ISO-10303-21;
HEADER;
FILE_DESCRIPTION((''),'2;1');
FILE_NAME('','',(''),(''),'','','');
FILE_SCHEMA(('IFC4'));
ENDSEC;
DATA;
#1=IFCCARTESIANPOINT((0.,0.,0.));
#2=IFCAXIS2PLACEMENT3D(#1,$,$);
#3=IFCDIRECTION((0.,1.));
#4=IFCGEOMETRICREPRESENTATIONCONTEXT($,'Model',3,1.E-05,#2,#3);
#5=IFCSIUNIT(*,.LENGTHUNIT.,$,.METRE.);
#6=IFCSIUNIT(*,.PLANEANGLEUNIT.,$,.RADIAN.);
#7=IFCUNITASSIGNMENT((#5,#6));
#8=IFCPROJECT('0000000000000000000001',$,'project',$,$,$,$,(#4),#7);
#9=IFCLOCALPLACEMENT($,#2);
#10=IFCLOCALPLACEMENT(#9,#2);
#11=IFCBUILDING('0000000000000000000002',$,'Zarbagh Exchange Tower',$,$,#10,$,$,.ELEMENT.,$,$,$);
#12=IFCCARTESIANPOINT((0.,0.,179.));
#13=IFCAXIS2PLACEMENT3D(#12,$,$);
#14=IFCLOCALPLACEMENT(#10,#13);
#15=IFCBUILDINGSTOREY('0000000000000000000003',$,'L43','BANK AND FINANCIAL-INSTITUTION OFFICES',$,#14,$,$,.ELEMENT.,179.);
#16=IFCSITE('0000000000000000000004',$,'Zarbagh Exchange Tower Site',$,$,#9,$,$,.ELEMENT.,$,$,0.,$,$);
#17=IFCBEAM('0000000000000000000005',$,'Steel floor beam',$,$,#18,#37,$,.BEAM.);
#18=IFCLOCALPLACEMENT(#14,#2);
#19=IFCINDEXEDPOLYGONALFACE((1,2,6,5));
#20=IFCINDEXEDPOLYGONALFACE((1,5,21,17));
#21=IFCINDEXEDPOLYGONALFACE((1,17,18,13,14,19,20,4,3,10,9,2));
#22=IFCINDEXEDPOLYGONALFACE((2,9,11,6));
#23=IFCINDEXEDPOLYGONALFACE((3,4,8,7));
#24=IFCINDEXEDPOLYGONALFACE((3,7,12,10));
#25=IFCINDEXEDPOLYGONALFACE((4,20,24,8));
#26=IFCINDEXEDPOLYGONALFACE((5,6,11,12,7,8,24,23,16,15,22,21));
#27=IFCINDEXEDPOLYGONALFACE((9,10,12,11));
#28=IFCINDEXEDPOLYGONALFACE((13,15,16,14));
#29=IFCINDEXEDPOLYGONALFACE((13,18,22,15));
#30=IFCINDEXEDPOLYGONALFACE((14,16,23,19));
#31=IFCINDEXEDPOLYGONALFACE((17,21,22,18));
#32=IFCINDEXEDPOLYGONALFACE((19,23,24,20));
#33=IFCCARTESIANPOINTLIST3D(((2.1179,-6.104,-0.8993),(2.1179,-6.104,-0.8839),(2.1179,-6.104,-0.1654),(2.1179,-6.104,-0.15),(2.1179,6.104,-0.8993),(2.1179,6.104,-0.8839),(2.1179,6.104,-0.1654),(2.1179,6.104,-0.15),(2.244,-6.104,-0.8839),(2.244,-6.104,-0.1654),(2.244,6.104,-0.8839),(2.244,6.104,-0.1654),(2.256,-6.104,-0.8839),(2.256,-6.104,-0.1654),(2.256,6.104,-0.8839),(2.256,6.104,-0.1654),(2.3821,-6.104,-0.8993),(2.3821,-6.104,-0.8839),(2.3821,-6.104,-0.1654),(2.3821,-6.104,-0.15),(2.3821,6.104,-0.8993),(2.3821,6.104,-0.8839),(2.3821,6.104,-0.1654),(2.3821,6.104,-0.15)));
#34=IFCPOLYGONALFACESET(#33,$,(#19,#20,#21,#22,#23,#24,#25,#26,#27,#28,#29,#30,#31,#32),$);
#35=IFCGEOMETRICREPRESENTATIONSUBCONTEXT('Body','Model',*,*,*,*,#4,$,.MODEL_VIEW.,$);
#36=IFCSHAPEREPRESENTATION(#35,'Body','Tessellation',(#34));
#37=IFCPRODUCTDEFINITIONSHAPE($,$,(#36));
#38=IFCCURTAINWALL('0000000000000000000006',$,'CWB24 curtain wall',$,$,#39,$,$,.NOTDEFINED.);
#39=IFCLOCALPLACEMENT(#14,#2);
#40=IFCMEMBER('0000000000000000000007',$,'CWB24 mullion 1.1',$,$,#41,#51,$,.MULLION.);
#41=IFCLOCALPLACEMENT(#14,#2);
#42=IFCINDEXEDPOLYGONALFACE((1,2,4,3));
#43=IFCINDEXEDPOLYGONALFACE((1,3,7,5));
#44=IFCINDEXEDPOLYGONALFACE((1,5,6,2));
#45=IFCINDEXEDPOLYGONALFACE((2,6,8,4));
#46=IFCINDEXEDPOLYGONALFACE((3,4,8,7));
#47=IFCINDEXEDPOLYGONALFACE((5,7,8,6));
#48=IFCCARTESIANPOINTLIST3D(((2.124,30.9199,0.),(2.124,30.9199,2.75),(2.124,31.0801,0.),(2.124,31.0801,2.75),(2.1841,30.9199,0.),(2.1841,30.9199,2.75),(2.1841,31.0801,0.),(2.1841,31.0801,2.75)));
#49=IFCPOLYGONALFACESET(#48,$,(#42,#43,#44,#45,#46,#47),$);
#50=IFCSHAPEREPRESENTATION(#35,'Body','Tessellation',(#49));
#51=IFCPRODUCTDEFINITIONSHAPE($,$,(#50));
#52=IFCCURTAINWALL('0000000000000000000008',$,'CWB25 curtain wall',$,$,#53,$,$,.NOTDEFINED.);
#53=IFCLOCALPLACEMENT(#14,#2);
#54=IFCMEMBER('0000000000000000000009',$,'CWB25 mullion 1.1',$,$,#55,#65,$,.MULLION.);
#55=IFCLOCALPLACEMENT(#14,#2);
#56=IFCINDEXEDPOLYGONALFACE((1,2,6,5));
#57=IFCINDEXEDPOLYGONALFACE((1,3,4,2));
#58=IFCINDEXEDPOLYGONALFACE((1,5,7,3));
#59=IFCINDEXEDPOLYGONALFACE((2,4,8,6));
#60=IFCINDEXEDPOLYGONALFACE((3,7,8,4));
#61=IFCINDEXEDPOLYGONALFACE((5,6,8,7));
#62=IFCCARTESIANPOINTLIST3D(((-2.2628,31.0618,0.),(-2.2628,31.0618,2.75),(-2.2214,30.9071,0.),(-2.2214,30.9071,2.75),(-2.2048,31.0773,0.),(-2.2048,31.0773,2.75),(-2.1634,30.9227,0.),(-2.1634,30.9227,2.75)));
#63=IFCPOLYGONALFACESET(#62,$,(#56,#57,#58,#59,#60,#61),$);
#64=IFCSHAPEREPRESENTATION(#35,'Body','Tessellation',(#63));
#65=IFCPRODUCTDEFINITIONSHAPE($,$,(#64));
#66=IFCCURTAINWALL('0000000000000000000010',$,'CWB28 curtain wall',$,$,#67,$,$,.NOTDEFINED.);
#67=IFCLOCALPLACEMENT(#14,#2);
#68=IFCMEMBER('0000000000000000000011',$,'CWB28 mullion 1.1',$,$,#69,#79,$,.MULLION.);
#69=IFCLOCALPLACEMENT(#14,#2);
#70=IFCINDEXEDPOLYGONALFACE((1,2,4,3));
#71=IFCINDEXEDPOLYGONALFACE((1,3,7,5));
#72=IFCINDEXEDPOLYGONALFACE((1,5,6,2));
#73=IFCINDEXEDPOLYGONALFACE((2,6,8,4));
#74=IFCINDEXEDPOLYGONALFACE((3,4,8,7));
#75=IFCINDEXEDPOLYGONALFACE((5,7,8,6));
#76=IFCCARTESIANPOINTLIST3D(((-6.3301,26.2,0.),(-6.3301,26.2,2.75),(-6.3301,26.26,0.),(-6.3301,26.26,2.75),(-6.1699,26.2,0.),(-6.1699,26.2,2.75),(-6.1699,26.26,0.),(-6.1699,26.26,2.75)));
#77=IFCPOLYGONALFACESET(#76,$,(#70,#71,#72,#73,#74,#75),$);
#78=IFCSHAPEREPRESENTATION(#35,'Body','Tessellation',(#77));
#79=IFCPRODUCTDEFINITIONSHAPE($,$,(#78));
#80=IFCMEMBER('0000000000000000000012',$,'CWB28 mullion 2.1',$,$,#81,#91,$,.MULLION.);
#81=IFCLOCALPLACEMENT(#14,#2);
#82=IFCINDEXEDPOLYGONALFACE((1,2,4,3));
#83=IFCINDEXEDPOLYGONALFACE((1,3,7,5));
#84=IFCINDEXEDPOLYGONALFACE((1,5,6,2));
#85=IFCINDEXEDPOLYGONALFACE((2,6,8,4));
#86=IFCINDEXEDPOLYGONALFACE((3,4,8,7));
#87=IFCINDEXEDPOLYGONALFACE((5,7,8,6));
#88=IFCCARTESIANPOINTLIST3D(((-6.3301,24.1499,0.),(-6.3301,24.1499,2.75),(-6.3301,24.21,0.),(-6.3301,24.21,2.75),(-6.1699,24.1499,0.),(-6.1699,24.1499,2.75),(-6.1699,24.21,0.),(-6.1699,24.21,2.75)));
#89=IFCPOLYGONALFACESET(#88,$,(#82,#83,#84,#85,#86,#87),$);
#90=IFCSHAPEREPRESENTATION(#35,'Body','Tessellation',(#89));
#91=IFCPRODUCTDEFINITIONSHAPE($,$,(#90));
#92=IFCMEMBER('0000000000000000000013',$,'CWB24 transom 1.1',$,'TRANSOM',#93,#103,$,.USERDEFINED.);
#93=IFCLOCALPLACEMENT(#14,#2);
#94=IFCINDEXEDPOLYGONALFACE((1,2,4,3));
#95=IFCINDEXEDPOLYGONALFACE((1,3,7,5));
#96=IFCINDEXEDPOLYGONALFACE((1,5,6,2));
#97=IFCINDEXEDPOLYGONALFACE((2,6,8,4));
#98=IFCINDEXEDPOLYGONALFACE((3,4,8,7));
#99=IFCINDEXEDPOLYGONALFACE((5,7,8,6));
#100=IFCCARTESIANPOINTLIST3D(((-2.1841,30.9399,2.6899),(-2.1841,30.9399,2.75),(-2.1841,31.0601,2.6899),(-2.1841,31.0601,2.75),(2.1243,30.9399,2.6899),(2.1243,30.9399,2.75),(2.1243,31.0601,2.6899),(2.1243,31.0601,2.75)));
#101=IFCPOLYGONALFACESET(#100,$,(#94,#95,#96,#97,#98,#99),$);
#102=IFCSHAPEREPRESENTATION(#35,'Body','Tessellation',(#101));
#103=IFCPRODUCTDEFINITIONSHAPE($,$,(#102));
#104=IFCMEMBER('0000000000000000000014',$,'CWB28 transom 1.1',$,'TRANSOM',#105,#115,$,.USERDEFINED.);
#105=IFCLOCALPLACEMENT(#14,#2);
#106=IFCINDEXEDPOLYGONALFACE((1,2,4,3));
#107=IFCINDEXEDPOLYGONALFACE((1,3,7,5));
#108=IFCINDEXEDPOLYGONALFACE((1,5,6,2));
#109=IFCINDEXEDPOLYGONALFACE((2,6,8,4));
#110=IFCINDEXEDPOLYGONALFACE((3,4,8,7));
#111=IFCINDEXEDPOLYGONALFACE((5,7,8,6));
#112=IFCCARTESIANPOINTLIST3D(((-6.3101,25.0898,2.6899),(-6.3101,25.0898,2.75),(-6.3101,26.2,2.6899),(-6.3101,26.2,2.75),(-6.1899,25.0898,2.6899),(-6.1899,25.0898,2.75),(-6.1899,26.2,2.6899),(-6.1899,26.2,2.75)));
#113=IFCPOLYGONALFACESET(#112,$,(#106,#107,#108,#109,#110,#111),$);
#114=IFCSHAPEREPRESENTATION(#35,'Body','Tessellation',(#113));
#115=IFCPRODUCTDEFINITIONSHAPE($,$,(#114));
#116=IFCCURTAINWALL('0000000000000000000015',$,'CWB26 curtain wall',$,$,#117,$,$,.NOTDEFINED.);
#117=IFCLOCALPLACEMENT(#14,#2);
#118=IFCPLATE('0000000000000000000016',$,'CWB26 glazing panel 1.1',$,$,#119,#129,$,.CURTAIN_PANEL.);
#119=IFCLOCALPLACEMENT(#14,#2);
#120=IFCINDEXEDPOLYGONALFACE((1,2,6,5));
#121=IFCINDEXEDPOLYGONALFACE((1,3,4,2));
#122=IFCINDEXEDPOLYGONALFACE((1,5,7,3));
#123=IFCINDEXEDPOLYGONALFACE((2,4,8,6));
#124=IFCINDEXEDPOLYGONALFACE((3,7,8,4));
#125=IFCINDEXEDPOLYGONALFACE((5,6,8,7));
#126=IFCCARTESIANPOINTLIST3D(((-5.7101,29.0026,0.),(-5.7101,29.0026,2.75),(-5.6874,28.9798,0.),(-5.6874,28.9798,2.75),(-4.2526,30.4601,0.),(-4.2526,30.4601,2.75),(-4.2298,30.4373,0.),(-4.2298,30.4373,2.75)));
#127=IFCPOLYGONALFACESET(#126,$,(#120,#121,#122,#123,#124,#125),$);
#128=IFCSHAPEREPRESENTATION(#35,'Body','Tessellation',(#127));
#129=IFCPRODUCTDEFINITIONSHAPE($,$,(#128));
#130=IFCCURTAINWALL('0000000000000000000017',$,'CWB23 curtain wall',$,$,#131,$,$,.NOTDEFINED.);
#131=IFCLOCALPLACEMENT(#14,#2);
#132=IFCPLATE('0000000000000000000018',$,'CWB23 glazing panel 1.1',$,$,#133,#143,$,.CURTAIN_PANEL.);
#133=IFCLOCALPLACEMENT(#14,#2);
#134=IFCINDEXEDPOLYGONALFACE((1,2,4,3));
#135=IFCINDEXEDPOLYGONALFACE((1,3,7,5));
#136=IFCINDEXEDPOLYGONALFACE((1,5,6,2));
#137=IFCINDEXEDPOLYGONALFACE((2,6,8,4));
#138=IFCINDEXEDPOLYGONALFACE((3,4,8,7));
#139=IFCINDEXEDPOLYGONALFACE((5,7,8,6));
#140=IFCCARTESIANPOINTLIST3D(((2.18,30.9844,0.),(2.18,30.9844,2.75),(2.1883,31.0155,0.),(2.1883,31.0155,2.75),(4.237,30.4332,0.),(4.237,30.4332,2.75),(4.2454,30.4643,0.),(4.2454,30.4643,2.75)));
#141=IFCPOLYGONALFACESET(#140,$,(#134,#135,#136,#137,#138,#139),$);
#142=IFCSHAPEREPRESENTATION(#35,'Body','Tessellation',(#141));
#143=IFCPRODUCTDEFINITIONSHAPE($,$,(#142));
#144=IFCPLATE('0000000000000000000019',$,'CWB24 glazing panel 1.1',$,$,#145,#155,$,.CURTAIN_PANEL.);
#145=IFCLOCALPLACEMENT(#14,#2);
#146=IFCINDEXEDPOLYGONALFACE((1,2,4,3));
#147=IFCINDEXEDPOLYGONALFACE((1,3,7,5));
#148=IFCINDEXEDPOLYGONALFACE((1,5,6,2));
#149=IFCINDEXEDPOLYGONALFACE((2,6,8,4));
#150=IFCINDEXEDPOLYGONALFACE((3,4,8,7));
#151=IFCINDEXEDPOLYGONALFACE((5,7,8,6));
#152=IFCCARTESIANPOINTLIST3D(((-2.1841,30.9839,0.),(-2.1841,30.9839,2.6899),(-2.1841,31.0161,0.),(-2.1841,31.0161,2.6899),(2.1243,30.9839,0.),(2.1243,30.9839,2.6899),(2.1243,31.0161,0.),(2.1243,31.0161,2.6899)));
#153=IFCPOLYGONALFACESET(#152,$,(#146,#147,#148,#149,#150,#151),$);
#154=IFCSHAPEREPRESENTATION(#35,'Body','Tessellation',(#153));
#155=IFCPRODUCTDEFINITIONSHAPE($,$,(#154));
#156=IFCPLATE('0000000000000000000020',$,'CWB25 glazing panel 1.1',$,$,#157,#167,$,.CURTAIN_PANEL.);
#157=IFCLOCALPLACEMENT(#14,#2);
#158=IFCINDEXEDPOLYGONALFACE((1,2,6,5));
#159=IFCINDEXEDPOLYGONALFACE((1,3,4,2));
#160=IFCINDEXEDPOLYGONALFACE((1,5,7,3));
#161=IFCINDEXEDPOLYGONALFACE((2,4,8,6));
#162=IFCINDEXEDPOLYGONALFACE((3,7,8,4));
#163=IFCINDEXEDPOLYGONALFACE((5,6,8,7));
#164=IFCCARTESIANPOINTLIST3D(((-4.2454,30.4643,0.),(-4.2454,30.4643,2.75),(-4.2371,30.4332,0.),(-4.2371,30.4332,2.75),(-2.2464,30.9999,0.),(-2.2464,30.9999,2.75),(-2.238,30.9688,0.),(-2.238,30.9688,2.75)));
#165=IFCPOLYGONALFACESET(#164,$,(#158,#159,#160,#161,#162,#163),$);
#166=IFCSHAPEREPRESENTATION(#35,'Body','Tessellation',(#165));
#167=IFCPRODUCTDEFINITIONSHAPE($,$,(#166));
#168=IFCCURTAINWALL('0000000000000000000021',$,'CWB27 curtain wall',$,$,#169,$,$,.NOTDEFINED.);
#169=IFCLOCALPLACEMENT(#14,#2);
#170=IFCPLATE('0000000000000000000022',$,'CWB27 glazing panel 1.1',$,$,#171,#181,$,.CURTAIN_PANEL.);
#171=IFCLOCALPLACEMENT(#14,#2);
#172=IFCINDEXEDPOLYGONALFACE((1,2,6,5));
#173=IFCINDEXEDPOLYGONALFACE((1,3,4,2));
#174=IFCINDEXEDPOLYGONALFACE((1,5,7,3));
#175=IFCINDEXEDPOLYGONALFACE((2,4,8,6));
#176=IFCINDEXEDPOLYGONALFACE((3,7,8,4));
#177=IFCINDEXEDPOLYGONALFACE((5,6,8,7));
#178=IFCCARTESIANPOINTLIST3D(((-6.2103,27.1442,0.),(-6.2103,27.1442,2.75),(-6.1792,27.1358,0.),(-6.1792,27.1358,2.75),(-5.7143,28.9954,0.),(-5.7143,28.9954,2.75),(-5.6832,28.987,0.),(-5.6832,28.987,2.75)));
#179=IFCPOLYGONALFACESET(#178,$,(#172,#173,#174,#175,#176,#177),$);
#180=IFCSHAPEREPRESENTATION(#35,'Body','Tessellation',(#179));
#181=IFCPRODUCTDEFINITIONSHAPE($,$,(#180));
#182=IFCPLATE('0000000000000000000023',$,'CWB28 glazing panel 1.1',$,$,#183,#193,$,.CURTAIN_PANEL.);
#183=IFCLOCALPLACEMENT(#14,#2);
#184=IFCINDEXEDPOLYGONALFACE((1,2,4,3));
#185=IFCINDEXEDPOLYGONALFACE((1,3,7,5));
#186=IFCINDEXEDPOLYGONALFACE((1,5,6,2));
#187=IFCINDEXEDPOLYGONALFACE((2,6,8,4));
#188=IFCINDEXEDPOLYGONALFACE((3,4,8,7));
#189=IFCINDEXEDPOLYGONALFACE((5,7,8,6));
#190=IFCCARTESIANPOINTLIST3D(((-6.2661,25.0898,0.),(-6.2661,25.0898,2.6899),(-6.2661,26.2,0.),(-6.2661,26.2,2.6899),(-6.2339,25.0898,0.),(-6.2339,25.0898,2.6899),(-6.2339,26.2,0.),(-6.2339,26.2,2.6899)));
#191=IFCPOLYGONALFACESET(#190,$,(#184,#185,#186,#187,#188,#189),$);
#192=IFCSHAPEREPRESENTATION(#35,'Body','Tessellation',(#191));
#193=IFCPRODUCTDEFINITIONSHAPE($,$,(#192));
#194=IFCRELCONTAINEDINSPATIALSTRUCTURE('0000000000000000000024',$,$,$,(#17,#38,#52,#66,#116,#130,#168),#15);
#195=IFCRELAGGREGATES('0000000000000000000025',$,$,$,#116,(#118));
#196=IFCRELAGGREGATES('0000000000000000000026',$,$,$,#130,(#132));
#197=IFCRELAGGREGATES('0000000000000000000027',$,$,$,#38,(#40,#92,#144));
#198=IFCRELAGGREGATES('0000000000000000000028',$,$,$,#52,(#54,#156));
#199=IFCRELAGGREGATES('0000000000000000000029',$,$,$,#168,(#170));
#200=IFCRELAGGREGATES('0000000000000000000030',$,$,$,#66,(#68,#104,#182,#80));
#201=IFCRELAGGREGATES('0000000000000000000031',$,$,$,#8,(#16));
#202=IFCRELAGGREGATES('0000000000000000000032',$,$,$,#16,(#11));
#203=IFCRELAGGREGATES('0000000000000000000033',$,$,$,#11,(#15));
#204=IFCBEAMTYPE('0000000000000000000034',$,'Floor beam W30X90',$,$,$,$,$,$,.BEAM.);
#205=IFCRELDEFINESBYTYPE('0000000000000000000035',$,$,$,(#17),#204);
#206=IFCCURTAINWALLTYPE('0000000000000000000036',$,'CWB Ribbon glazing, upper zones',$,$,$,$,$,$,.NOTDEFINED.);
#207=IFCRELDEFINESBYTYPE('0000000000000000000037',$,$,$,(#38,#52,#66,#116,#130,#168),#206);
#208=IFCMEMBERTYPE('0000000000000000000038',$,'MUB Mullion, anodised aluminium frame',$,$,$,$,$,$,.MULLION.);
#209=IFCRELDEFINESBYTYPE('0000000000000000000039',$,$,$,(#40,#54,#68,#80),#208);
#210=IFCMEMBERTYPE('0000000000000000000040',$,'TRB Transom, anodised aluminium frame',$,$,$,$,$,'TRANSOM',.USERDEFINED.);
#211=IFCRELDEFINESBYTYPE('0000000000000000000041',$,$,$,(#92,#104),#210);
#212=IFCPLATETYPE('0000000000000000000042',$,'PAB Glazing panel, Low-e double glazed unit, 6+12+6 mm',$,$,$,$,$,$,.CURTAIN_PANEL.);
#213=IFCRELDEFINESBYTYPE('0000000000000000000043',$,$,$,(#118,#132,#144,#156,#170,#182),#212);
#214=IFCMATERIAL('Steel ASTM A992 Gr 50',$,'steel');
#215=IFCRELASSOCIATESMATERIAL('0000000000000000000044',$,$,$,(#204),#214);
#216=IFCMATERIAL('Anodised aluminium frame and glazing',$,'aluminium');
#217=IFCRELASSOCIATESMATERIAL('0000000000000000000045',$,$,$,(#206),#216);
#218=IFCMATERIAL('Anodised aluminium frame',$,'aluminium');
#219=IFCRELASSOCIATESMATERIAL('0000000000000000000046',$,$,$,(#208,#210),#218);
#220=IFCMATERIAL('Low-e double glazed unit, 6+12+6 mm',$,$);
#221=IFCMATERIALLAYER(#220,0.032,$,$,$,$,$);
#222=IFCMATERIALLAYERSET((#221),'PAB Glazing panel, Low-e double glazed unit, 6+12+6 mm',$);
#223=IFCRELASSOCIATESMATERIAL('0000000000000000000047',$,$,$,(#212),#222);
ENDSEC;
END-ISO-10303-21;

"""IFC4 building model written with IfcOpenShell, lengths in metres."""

from ifc_helpers import new_model, si_unit, direction, frame, origin, origin_2d, place, context, subcontext, project, spatial, polyline, i_section, outline, extrude, source, transform, mapped, material, layer, layer_set, material_profile, profile_set, type_object, element, aggregate, save


model = new_model("IFC4")

# Units and contexts
model_context = context("Model", 3, precision=1e-05, world=origin(), true_north=direction((0.0, 1.0)))
body_context = subcontext(model_context, "Body", "Model", "MODEL_VIEW")
ifc_project = project(units=[si_unit("LENGTHUNIT", "METRE"), si_unit("PLANEANGLEUNIT", "RADIAN")], contexts=[model_context])

# Site, building, storey
site_placement = place(None, origin())
site = spatial("IfcSite", under=ifc_project, at=site_placement, Name="Zarbagh Exchange Tower Site", CompositionType="ELEMENT", RefElevation=0.0)
building_placement = place(site_placement, origin())
building = spatial("IfcBuilding", under=site, at=building_placement, Name="Zarbagh Exchange Tower", CompositionType="ELEMENT")
storey_placement = place(building_placement, frame((0.0, 0.0, 179.0)))
storey = spatial("IfcBuildingStorey", under=building, at=storey_placement, Name="L43", Description="BANK AND FINANCIAL-INSTITUTION OFFICES", CompositionType="ELEMENT", Elevation=179.0)

# Beam
ifc_material_1 = material(Name="Steel ASTM A992 Gr 50", Category="steel")
ifc_material_profile = material_profile(ifc_material_1, i_section(OverallWidth=0.2642, OverallDepth=0.7493, WebThickness=0.012, FlangeThickness=0.0154, at=origin_2d()), Name="W30X90")
ifc_profile_set = profile_set([ifc_material_profile], Name="Steel ASTM A992 Gr 50")
beam_type = type_object("IfcBeamType", Name="Floor beam W30X90", PredefinedType="BEAM", material=ifc_profile_set)
beam_placement = place(storey_placement, frame((2.25, -6.104, -0.5247), z_axis=(0.0, 1.0, 0.0), x_axis=(-1.0, 0.0, 0.0)))
element("IfcBeam", 1, at=beam_placement, inside=storey, type_object=beam_type, Name="Steel floor beam", PredefinedType="BEAM", context=body_context, shape_type="SweptSolid", body=[
    extrude(i_section(OverallWidth=0.2642, OverallDepth=0.7493, WebThickness=0.012, FlangeThickness=0.0154, at=origin_2d()), origin(), (0.0, 0.0, 1.0), 12.208),
])

# Curtain walls, members
ifc_material_2 = material(Name="Anodised aluminium frame and glazing", Category="aluminium")
curtain_wall_type = type_object("IfcCurtainWallType", Name="CWB Ribbon glazing, upper zones", PredefinedType="NOTDEFINED", material=ifc_material_2)
curtain_wall_1_placement = place(storey_placement, origin())
curtain_wall_1 = element("IfcCurtainWall", 2, at=curtain_wall_1_placement, inside=storey, type_object=curtain_wall_type, Name="CWB24 curtain wall", PredefinedType="NOTDEFINED")
ifc_material_3 = material(Name="Anodised aluminium frame", Category="aluminium")
member_type_1 = type_object("IfcMemberType", Name="MUB Mullion, anodised aluminium frame", PredefinedType="MULLION", material=ifc_material_3)
shared_shape_1 = source(origin(), body_context, "Body", "SweptSolid", [
    extrude(outline(polyline([(0.0, -0.0801), (0.0601, -0.0801), (0.0601, 0.0801), (0.0, 0.0801), (0.0, -0.0801)])), origin(), (0.0, 0.0, 1.0), 2.75),
])
placement = place(storey_placement, origin())
member_1 = element("IfcMember", 3, at=placement, type_object=member_type_1, Name="CWB24 mullion 1.1", PredefinedType="MULLION", context=body_context, shape_type="MappedRepresentation", body=[
    mapped(shared_shape_1, transform((2.1841, 31.0, 0.0), x_axis=(-1.0, 0.0, 0.0), y_axis=(0.0, -1.0, 0.0), z_axis=(0.0, 0.0, 1.0))),
])
curtain_wall_2_placement = place(storey_placement, origin())
curtain_wall_2 = element("IfcCurtainWall", 4, at=curtain_wall_2_placement, inside=storey, type_object=curtain_wall_type, Name="CWB25 curtain wall", PredefinedType="NOTDEFINED")
member_2 = element("IfcMember", 5, at=placement, type_object=member_type_1, Name="CWB25 mullion 1.1", PredefinedType="MULLION", context=body_context, shape_type="MappedRepresentation", body=[
    mapped(shared_shape_1, transform((-2.1841, 31.0, 0.0), x_axis=(-0.965924, -0.258825, 0.0), y_axis=(0.258825, -0.965924, 0.0), z_axis=(0.0, 0.0, 1.0))),
])

# Curtain wall, members
curtain_wall_3_placement = place(storey_placement, origin())
curtain_wall_3 = element("IfcCurtainWall", 6, at=curtain_wall_3_placement, inside=storey, type_object=curtain_wall_type, Name="CWB28 curtain wall", PredefinedType="NOTDEFINED")
member_3 = element("IfcMember", 7, at=placement, type_object=member_type_1, Name="CWB28 mullion 1.1", PredefinedType="MULLION", context=body_context, shape_type="MappedRepresentation", body=[
    mapped(shared_shape_1, transform((-6.25, 26.26, 0.0), x_axis=(0.0, -1.0, 0.0), y_axis=(1.0, 0.0, 0.0), z_axis=(0.0, 0.0, 1.0))),
])
member_4 = element("IfcMember", 8, at=placement, type_object=member_type_1, Name="CWB28 mullion 2.1", PredefinedType="MULLION", context=body_context, shape_type="MappedRepresentation", body=[
    mapped(shared_shape_1, transform((-6.25, 24.21, 0.0), x_axis=(0.0, -1.0, 0.0), y_axis=(1.0, 0.0, 0.0), z_axis=(0.0, 0.0, 1.0))),
])

# Members
member_type_2 = type_object("IfcMemberType", Name="TRB Transom, anodised aluminium frame", ElementType="TRANSOM", PredefinedType="USERDEFINED", material=ifc_material_3)
shared_shape_2 = source(origin(), body_context, "Body", "SweptSolid", [
    extrude(outline(polyline([(-0.0601, -0.0601), (0.0, -0.0601), (0.0, 0.0601), (-0.0601, 0.0601), (-0.0601, -0.0601)])), origin(), (0.0, 0.0, 1.0), 4.3083),
])
member_5 = element("IfcMember", 9, at=placement, type_object=member_type_2, Name="CWB24 transom 1.1", ObjectType="TRANSOM", PredefinedType="USERDEFINED", context=body_context, shape_type="MappedRepresentation", body=[
    mapped(shared_shape_2, transform((2.1243, 31.0, 2.75), x_axis=(0.0, 0.0, 1.0), y_axis=(0.0, 1.0, 0.0), z_axis=(-1.0, 0.0, 0.0))),
])
shared_shape_3 = source(origin(), body_context, "Body", "SweptSolid", [
    extrude(outline(polyline([(-0.0601, -0.0601), (0.0, -0.0601), (0.0, 0.0601), (-0.0601, 0.0601), (-0.0601, -0.0601)])), origin(), (0.0, 0.0, 1.0), 1.1101),
])
member_6 = element("IfcMember", 10, at=placement, type_object=member_type_2, Name="CWB28 transom 1.1", ObjectType="TRANSOM", PredefinedType="USERDEFINED", context=body_context, shape_type="MappedRepresentation", body=[
    mapped(shared_shape_3, transform((-6.25, 26.2, 2.75), x_axis=(0.0, 0.0, 1.0), y_axis=(-1.0, 0.0, 0.0), z_axis=(0.0, -1.0, 0.0))),
])

# Curtain walls, plates
curtain_wall_4_placement = place(storey_placement, origin())
curtain_wall_4 = element("IfcCurtainWall", 11, at=curtain_wall_4_placement, inside=storey, type_object=curtain_wall_type, Name="CWB26 curtain wall", PredefinedType="NOTDEFINED")
ifc_material_4 = material(Name="Low-e double glazed unit, 6+12+6 mm")
ifc_layer_1 = layer(ifc_material_4, 0.032)
ifc_layer_set_1 = layer_set([ifc_layer_1], Name="PAB Glazing panel, Low-e double glazed unit, 6+12+6 mm")
plate_type = type_object("IfcPlateType", Name="PAB Glazing panel, Low-e double glazed unit, 6+12+6 mm", PredefinedType="CURTAIN_PANEL", material=ifc_layer_set_1)
shared_shape_4 = source(origin(), body_context, "Body", "SweptSolid", [
    extrude(outline(polyline([(0.0, -0.0161), (2.0613, -0.0161), (2.0613, 0.0161), (0.0, 0.0161), (0.0, -0.0161)])), origin(), (0.0, 0.0, 1.0), 2.75),
])
plate_1 = element("IfcPlate", 12, at=placement, type_object=plate_type, Name="CWB26 glazing panel 1.1", PredefinedType="CURTAIN_PANEL", context=body_context, shape_type="MappedRepresentation", body=[
    mapped(shared_shape_4, transform((-4.2412, 30.4487, 0.0), x_axis=(-0.707107, -0.707107, 0.0), y_axis=(0.707107, -0.707107, 0.0), z_axis=(0.0, 0.0, 1.0))),
])
aggregate(curtain_wall_4, [plate_1])
curtain_wall_5_placement = place(storey_placement, origin())
curtain_wall_5 = element("IfcCurtainWall", 13, at=curtain_wall_5_placement, inside=storey, type_object=curtain_wall_type, Name="CWB23 curtain wall", PredefinedType="NOTDEFINED")
shared_shape_5 = source(origin(), body_context, "Body", "SweptSolid", [
    extrude(outline(polyline([(0.0, -0.0161), (2.1296, -0.0161), (2.1296, 0.0161), (0.0, 0.0161), (0.0, -0.0161)])), origin(), (0.0, 0.0, 1.0), 2.75),
])
plate_2 = element("IfcPlate", 14, at=placement, type_object=plate_type, Name="CWB23 glazing panel 1.1", PredefinedType="CURTAIN_PANEL", context=body_context, shape_type="MappedRepresentation", body=[
    mapped(shared_shape_5, transform((4.2412, 30.4487, 0.0), x_axis=(-0.965924, 0.258825, 0.0), y_axis=(-0.258825, -0.965924, 0.0), z_axis=(0.0, 0.0, 1.0))),
])
aggregate(curtain_wall_5, [plate_2])

# Plates
shared_shape_6 = source(origin(), body_context, "Body", "SweptSolid", [
    extrude(outline(polyline([(0.0, -0.0161), (4.3083, -0.0161), (4.3083, 0.0161), (0.0, 0.0161), (0.0, -0.0161)])), origin(), (0.0, 0.0, 1.0), 2.6899),
])
plate_3 = element("IfcPlate", 15, at=placement, type_object=plate_type, Name="CWB24 glazing panel 1.1", PredefinedType="CURTAIN_PANEL", context=body_context, shape_type="MappedRepresentation", body=[
    mapped(shared_shape_6, transform((2.1243, 31.0, 0.0), x_axis=(-1.0, 0.0, 0.0), y_axis=(0.0, -1.0, 0.0), z_axis=(0.0, 0.0, 1.0))),
])
aggregate(curtain_wall_1, [member_1, member_5, plate_3])
shared_shape_7 = source(origin(), body_context, "Body", "SweptSolid", [
    extrude(outline(polyline([(0.0, -0.0161), (2.0696, -0.0161), (2.0696, 0.0161), (0.0, 0.0161), (0.0, -0.0161)])), origin(), (0.0, 0.0, 1.0), 2.75),
])
plate_4 = element("IfcPlate", 16, at=placement, type_object=plate_type, Name="CWB25 glazing panel 1.1", PredefinedType="CURTAIN_PANEL", context=body_context, shape_type="MappedRepresentation", body=[
    mapped(shared_shape_7, transform((-2.2422, 30.9844, 0.0), x_axis=(-0.965924, -0.258825, 0.0), y_axis=(0.258825, -0.965924, 0.0), z_axis=(0.0, 0.0, 1.0))),
])
aggregate(curtain_wall_2, [member_2, plate_4])

# Curtain wall, plate
curtain_wall_6_placement = place(storey_placement, origin())
curtain_wall_6 = element("IfcCurtainWall", 17, at=curtain_wall_6_placement, inside=storey, type_object=curtain_wall_type, Name="CWB27 curtain wall", PredefinedType="NOTDEFINED")
shared_shape_8 = source(origin(), body_context, "Body", "SweptSolid", [
    extrude(outline(polyline([(0.0, -0.0161), (1.9165, -0.0161), (1.9165, 0.0161), (0.0, 0.0161), (0.0, -0.0161)])), origin(), (0.0, 0.0, 1.0), 2.75),
])
plate_5 = element("IfcPlate", 18, at=placement, type_object=plate_type, Name="CWB27 glazing panel 1.1", PredefinedType="CURTAIN_PANEL", context=body_context, shape_type="MappedRepresentation", body=[
    mapped(shared_shape_8, transform((-5.6987, 28.9912, 0.0), x_axis=(-0.258825, -0.965924, 0.0), y_axis=(0.965924, -0.258825, 0.0), z_axis=(0.0, 0.0, 1.0))),
])
aggregate(curtain_wall_6, [plate_5])

# Plate
shared_shape_9 = source(origin(), body_context, "Body", "SweptSolid", [
    extrude(outline(polyline([(0.0, -0.0161), (1.1101, -0.0161), (1.1101, 0.0161), (0.0, 0.0161), (0.0, -0.0161)])), origin(), (0.0, 0.0, 1.0), 2.6899),
])
plate_6 = element("IfcPlate", 19, at=placement, type_object=plate_type, Name="CWB28 glazing panel 1.1", PredefinedType="CURTAIN_PANEL", context=body_context, shape_type="MappedRepresentation", body=[
    mapped(shared_shape_9, transform((-6.25, 26.2, 0.0), x_axis=(0.0, -1.0, 0.0), y_axis=(1.0, 0.0, 0.0), z_axis=(0.0, 0.0, 1.0))),
])
aggregate(curtain_wall_3, [member_3, member_6, plate_6, member_4])

save(model, "model.ifc")
